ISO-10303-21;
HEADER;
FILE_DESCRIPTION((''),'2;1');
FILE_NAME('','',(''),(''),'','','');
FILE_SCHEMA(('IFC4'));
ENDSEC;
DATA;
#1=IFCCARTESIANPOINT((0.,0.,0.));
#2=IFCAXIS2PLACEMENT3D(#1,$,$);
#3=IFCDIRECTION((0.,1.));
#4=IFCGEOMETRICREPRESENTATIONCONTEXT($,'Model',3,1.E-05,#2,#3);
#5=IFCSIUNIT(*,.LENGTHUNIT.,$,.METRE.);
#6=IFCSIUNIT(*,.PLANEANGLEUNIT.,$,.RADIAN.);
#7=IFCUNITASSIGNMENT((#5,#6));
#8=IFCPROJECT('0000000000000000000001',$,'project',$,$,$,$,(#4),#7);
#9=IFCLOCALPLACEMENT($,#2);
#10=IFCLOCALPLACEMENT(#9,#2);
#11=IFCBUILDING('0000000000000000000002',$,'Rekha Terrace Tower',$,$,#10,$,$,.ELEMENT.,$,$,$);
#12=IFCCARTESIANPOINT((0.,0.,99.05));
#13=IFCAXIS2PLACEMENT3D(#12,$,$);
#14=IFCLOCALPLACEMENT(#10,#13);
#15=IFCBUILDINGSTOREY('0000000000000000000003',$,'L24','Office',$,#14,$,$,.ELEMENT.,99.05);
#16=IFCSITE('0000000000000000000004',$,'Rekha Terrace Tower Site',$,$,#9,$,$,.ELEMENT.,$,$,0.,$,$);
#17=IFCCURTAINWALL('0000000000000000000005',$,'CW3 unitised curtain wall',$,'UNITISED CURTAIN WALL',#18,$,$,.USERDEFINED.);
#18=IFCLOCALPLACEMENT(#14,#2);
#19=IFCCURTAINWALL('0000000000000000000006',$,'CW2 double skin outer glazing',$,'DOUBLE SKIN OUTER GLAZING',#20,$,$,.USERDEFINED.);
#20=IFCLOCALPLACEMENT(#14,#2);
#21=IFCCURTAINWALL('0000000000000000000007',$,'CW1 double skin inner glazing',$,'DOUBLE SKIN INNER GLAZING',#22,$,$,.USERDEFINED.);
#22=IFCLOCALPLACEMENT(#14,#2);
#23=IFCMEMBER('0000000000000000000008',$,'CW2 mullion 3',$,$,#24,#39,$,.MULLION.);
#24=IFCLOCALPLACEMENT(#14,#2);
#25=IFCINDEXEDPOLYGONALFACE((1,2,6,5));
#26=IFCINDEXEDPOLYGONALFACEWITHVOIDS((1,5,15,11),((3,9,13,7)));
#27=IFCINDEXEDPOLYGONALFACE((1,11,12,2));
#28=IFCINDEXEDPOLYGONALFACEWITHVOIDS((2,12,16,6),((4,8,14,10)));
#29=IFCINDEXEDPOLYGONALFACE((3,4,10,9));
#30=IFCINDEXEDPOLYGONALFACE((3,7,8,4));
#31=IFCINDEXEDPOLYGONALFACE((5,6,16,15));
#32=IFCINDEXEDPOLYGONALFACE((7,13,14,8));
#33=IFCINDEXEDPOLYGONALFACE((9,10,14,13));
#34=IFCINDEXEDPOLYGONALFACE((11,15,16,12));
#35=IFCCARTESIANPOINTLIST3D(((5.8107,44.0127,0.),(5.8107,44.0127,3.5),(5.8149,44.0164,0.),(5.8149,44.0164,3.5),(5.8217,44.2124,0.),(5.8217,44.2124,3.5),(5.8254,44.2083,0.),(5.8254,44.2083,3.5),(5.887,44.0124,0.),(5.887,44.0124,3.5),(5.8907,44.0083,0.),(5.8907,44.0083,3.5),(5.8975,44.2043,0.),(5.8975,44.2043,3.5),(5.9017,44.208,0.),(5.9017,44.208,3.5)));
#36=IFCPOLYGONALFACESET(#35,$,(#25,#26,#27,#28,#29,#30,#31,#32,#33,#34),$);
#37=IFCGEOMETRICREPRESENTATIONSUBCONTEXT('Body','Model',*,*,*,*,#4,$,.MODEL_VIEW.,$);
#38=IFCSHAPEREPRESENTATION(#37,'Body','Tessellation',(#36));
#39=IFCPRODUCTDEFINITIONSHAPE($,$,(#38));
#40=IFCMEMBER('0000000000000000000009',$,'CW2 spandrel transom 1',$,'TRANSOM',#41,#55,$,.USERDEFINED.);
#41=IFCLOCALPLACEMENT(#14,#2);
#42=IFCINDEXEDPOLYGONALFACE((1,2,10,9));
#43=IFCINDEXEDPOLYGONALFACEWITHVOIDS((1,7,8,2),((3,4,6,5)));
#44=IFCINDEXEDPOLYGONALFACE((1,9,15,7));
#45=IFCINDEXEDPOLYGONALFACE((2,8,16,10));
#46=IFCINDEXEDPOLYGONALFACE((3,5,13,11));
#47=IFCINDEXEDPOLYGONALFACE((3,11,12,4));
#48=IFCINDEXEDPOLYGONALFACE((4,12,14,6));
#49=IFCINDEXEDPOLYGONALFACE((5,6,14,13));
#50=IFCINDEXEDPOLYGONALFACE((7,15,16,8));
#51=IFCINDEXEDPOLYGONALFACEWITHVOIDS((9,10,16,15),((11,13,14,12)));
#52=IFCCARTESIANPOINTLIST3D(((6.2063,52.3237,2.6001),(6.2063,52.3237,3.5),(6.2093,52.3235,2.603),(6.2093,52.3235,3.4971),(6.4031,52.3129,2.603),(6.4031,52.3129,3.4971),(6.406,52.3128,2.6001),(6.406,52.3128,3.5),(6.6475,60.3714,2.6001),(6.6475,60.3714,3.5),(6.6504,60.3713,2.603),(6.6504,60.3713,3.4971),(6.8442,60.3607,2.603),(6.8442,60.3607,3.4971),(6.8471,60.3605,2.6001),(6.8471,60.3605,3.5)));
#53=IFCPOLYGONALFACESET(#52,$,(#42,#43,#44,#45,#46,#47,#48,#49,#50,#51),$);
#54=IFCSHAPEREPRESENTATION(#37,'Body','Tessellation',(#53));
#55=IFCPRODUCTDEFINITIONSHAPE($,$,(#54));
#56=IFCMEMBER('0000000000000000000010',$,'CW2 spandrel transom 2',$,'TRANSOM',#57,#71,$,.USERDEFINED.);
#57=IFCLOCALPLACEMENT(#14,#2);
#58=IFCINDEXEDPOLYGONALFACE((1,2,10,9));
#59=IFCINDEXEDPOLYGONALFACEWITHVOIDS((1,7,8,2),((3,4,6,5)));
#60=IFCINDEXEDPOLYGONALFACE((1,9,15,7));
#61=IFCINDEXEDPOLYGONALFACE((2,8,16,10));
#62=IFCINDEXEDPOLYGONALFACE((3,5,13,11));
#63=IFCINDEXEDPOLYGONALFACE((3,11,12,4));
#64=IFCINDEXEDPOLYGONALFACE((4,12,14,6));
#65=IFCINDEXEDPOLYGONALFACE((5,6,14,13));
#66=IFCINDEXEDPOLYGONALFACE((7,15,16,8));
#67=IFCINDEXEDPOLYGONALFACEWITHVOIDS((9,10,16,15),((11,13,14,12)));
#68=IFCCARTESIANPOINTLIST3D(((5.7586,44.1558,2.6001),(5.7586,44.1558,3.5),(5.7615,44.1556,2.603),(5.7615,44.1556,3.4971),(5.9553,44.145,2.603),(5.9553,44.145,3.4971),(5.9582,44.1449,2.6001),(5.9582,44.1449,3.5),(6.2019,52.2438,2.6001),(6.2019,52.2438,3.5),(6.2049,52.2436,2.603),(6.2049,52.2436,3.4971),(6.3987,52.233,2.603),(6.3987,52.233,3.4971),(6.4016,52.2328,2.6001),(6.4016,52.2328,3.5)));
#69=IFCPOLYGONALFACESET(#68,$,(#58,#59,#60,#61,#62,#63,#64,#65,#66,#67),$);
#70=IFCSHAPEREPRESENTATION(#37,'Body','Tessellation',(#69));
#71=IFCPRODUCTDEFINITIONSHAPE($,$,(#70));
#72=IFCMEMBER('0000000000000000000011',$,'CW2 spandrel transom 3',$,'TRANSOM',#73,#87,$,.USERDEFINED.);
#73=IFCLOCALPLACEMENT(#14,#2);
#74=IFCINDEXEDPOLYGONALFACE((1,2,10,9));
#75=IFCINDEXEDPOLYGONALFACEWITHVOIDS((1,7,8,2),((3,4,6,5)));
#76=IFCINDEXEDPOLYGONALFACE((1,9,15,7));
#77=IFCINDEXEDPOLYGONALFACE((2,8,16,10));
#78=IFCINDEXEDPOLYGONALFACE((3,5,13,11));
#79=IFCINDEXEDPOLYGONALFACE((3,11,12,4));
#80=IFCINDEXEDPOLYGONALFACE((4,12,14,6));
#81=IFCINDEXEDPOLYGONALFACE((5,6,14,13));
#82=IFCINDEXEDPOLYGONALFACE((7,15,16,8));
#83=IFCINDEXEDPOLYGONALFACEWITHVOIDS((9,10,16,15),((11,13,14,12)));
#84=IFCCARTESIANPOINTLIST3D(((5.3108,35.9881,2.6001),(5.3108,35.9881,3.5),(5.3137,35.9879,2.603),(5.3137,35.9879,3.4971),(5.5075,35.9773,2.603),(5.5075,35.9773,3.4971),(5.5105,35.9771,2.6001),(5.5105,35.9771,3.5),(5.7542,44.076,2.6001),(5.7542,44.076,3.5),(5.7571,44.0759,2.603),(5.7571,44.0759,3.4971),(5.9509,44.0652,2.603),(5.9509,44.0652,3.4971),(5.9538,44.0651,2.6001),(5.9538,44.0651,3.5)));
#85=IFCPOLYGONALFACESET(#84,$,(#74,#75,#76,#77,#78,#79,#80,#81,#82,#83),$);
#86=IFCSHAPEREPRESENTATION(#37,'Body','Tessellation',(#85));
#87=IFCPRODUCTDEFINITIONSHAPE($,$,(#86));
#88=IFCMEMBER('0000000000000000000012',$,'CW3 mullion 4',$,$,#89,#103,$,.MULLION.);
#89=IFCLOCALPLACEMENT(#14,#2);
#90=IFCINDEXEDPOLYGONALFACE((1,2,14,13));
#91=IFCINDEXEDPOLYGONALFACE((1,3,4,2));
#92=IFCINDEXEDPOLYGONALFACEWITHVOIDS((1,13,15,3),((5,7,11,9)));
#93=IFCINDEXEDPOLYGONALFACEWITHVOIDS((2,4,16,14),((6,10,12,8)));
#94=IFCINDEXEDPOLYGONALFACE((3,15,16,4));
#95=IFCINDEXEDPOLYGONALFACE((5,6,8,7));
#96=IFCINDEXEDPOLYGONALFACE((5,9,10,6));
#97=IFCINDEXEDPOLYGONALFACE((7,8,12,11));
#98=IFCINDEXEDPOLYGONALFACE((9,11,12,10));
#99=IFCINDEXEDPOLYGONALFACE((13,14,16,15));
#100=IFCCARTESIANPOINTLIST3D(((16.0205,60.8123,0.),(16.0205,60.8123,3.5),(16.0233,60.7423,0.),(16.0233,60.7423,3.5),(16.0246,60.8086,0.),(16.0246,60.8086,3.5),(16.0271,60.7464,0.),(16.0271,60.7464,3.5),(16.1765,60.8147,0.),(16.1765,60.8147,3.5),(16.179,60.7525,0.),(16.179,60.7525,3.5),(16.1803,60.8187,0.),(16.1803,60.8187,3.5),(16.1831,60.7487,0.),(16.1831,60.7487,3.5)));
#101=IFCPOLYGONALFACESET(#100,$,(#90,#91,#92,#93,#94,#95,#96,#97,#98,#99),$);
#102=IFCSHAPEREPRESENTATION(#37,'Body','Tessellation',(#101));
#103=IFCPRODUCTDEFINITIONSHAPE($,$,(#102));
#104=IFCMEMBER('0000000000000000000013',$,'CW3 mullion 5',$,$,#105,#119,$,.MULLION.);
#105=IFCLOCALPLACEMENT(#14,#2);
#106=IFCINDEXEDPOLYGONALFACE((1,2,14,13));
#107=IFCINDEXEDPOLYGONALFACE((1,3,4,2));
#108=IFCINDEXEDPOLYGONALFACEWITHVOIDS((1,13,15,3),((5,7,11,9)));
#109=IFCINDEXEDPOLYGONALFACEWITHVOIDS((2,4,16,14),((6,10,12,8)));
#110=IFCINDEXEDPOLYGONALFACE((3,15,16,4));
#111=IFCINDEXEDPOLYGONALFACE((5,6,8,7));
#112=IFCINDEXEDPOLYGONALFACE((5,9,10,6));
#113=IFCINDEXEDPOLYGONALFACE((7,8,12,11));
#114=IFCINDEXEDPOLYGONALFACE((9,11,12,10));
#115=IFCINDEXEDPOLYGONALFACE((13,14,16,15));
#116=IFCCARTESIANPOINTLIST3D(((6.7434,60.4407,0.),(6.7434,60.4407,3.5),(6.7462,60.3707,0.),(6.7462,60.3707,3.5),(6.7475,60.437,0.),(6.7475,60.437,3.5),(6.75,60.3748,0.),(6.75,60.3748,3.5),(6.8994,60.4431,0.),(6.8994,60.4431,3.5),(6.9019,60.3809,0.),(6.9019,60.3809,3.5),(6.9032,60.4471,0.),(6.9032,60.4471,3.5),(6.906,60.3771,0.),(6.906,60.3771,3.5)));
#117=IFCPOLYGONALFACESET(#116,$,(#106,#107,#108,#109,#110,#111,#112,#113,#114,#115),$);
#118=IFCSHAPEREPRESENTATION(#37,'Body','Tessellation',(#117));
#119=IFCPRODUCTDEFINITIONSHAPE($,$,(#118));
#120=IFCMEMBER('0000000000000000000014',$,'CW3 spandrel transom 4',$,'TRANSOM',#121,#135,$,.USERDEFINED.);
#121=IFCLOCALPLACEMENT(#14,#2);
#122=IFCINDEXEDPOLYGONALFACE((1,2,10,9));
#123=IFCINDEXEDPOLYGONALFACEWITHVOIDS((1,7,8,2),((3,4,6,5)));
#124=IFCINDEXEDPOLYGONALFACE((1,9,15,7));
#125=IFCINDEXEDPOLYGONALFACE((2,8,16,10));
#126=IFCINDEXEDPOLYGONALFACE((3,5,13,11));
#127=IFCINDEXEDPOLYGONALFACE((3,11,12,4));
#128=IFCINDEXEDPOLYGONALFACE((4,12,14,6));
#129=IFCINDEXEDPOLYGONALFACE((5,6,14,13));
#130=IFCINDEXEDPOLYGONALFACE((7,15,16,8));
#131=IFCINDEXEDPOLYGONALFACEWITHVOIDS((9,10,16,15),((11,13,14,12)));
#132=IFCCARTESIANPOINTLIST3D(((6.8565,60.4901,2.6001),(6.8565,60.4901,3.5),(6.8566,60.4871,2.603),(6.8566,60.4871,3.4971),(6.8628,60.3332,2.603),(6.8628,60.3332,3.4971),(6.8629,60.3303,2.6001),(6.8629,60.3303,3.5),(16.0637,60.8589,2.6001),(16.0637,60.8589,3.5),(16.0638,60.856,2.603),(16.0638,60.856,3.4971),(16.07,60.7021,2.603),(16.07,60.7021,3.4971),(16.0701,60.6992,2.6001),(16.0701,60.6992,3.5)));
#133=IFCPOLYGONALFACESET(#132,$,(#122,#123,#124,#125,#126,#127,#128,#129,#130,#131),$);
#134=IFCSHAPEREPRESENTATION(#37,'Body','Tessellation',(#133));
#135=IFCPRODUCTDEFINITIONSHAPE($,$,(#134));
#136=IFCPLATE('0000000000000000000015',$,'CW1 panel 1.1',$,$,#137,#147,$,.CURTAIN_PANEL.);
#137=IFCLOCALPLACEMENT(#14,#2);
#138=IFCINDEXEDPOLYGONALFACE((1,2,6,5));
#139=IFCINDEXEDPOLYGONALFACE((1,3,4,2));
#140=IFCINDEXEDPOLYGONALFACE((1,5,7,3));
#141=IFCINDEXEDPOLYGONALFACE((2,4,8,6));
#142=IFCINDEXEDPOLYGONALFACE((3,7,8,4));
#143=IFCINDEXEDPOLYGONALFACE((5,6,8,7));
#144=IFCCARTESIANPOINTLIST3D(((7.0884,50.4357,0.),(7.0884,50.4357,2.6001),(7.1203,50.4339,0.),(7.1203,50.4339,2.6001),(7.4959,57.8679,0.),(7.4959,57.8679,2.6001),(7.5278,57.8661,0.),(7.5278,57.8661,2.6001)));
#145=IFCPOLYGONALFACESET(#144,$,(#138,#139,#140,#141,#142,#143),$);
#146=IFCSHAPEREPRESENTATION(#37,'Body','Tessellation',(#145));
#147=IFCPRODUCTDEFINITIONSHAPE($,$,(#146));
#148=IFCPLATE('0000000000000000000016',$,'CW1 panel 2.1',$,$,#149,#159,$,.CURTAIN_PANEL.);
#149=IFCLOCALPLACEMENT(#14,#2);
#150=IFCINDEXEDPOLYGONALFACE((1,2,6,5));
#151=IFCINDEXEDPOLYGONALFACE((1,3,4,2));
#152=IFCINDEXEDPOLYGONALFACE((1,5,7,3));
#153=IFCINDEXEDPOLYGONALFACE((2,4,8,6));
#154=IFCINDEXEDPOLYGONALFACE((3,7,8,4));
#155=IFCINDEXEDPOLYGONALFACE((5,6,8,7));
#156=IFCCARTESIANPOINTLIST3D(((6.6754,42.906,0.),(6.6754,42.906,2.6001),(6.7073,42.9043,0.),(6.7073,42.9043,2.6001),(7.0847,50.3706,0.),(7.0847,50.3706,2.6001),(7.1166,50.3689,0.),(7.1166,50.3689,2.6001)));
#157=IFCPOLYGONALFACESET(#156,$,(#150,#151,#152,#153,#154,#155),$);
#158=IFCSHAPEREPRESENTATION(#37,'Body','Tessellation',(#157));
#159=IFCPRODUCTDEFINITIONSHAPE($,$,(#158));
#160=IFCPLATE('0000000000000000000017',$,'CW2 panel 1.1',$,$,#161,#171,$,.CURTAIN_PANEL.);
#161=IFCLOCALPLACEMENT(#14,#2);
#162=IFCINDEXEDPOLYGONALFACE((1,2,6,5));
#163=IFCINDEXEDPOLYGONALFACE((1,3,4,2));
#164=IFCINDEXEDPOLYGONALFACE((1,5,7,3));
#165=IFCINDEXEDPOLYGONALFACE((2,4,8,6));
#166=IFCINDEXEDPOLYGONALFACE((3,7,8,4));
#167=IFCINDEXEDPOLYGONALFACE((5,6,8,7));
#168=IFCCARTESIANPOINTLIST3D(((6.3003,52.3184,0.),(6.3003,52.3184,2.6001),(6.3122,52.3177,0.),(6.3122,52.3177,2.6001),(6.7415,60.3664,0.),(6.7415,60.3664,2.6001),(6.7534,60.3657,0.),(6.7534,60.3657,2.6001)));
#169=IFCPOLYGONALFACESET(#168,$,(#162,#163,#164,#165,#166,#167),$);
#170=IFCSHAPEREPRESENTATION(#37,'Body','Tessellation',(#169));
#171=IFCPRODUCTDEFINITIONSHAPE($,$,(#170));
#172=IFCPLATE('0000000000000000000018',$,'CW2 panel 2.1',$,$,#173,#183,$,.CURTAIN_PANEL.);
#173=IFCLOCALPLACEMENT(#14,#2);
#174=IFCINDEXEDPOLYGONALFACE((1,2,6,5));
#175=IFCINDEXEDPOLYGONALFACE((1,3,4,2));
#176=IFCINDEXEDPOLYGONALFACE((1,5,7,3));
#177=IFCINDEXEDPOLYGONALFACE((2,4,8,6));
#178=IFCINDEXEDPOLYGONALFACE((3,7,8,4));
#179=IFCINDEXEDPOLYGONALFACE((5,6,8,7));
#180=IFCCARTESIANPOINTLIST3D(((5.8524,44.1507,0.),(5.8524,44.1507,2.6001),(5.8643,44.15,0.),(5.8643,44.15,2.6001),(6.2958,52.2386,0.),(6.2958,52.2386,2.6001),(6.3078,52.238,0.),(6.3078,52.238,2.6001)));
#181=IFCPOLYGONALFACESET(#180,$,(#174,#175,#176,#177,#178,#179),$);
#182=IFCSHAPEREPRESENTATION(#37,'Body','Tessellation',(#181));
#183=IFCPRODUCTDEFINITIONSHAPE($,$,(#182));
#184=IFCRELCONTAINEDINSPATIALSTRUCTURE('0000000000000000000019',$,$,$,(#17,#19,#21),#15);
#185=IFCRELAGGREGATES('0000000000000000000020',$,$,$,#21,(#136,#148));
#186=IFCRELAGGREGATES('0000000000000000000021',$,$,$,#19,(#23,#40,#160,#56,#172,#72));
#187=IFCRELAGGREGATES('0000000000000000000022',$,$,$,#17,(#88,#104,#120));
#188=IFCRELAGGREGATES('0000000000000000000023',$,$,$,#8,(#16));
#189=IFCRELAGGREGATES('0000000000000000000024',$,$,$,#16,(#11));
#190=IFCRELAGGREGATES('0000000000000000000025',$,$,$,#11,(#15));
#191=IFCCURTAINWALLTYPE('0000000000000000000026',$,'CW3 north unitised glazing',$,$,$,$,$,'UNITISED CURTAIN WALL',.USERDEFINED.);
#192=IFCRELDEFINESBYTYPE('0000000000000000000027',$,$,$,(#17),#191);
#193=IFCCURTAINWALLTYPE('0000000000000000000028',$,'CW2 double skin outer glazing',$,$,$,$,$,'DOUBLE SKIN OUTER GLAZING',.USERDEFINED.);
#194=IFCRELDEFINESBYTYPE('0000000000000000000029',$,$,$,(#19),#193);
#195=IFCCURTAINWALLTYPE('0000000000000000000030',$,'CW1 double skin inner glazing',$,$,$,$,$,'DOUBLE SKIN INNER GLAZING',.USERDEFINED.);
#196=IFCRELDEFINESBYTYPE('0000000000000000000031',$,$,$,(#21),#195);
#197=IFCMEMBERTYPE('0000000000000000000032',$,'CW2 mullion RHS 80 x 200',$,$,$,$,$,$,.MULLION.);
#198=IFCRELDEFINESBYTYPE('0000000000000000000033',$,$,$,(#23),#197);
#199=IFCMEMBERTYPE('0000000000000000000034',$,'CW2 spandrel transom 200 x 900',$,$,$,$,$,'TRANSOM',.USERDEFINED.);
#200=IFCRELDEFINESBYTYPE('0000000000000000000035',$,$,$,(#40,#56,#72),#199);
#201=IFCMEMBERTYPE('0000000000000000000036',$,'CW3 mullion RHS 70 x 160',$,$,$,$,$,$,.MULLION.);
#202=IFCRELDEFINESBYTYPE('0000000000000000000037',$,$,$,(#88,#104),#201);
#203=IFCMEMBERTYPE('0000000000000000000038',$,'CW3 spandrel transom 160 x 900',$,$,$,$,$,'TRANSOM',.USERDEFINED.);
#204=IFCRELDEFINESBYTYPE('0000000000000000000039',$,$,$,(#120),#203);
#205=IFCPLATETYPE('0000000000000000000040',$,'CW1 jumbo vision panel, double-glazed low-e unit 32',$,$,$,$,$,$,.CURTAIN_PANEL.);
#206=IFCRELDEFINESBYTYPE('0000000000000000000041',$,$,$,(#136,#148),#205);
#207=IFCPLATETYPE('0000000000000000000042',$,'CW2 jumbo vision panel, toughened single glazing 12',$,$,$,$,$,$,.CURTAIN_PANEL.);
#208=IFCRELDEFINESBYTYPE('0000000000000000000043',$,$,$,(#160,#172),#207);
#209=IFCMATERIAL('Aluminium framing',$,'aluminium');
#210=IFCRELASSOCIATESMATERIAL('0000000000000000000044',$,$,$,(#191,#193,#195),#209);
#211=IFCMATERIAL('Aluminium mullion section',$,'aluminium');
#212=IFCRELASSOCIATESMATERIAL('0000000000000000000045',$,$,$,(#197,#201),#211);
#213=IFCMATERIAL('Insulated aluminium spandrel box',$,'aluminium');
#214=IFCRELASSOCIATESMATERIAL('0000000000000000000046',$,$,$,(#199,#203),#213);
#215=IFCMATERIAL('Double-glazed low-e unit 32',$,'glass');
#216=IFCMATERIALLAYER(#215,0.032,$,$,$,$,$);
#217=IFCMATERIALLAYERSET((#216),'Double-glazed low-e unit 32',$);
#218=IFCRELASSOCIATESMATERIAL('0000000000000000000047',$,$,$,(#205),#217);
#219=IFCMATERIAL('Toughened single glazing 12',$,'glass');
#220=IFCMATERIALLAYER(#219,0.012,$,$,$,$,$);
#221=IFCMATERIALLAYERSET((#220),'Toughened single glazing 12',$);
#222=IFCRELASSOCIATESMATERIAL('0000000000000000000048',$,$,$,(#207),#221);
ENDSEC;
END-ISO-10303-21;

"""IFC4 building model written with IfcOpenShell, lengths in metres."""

from ifc_helpers import new_model, si_unit, direction, frame, origin, origin_2d, place, context, subcontext, project, spatial, rectangle, hollow_rectangle, extrude, material, layer, layer_set, material_profile, profile_set, type_object, element, aggregate, save


model = new_model("IFC4")

# Units and contexts
model_context = context("Model", 3, precision=1e-05, world=origin(), true_north=direction((0.0, 1.0)))
body_context = subcontext(model_context, "Body", "Model", "MODEL_VIEW")
ifc_project = project(units=[si_unit("LENGTHUNIT", "METRE"), si_unit("PLANEANGLEUNIT", "RADIAN")], contexts=[model_context])

# Site, building, storey
site_placement = place(None, origin())
site = spatial("IfcSite", under=ifc_project, at=site_placement, Name="Rekha Terrace Tower Site", CompositionType="ELEMENT", RefElevation=0.0)
building_placement = place(site_placement, origin())
building = spatial("IfcBuilding", under=site, at=building_placement, Name="Rekha Terrace Tower", CompositionType="ELEMENT")
storey_placement = place(building_placement, frame((0.0, 0.0, 99.05)))
storey = spatial("IfcBuildingStorey", under=building, at=storey_placement, Name="L24", Description="Office", CompositionType="ELEMENT", Elevation=99.05)

# Curtain wall
ifc_material_1 = material(Name="Aluminium framing", Category="aluminium")
curtain_wall_type_1 = type_object("IfcCurtainWallType", Name="CW3 north unitised glazing", ElementType="UNITISED CURTAIN WALL", PredefinedType="USERDEFINED", material=ifc_material_1)
curtain_wall_1_placement = place(storey_placement, origin())
curtain_wall_1 = element("IfcCurtainWall", 1, at=curtain_wall_1_placement, inside=storey, type_object=curtain_wall_type_1, Name="CW3 unitised curtain wall", ObjectType="UNITISED CURTAIN WALL", PredefinedType="USERDEFINED")

# Curtain walls
curtain_wall_type_2 = type_object("IfcCurtainWallType", Name="CW2 double skin outer glazing", ElementType="DOUBLE SKIN OUTER GLAZING", PredefinedType="USERDEFINED", material=ifc_material_1)
curtain_wall_2_placement = place(storey_placement, origin())
curtain_wall_2 = element("IfcCurtainWall", 2, at=curtain_wall_2_placement, inside=storey, type_object=curtain_wall_type_2, Name="CW2 double skin outer glazing", ObjectType="DOUBLE SKIN OUTER GLAZING", PredefinedType="USERDEFINED")
curtain_wall_type_3 = type_object("IfcCurtainWallType", Name="CW1 double skin inner glazing", ElementType="DOUBLE SKIN INNER GLAZING", PredefinedType="USERDEFINED", material=ifc_material_1)
curtain_wall_3_placement = place(storey_placement, origin())
curtain_wall_3 = element("IfcCurtainWall", 3, at=curtain_wall_3_placement, inside=storey, type_object=curtain_wall_type_3, Name="CW1 double skin inner glazing", ObjectType="DOUBLE SKIN INNER GLAZING", PredefinedType="USERDEFINED")
ifc_material_2 = material(Name="Aluminium mullion section", Category="aluminium")
ifc_material_3 = material(Name="Insulated aluminium spandrel box", Category="aluminium")

# Members
ifc_material_profile_1 = material_profile(ifc_material_2, hollow_rectangle(XDim=0.0801, YDim=0.2, WallThickness=0.0039, at=origin_2d()), Name="AL RHS 80x200")
ifc_profile_set_1 = profile_set([ifc_material_profile_1], Name="Aluminium mullion section")
member_type_1 = type_object("IfcMemberType", Name="CW2 mullion RHS 80 x 200", PredefinedType="MULLION", material=ifc_profile_set_1)
member_1_placement = place(storey_placement, frame((5.8562, 44.1104, 0.0), z_axis=(0.0, 0.0, 1.0), x_axis=(0.998501, -0.054742, 0.0)))
member_1 = element("IfcMember", 4, at=member_1_placement, type_object=member_type_1, Name="CW2 mullion 3", PredefinedType="MULLION", context=body_context, shape_type="SweptSolid", body=[
    extrude(hollow_rectangle(XDim=0.0801, YDim=0.2, WallThickness=0.0039, at=origin_2d()), origin(), (0.0, 0.0, 1.0), 3.5),
])
ifc_material_profile_2 = material_profile(ifc_material_3, hollow_rectangle(XDim=0.2, YDim=0.8999, WallThickness=0.0029, at=origin_2d()), Name="AL SPANDREL BOX 200x900")
ifc_profile_set_2 = profile_set([ifc_material_profile_2], Name="Insulated aluminium spandrel box")
member_type_2 = type_object("IfcMemberType", Name="CW2 spandrel transom 200 x 900", ElementType="TRANSOM", PredefinedType="USERDEFINED", material=ifc_profile_set_2)
member_2_placement = place(storey_placement, frame((6.7473, 60.366, 3.05), z_axis=(-0.054735, -0.998501, 0.0), x_axis=(0.998501, -0.054735, 0.0)))
member_2 = element("IfcMember", 5, at=member_2_placement, type_object=member_type_2, Name="CW2 spandrel transom 1", ObjectType="TRANSOM", PredefinedType="USERDEFINED", context=body_context, shape_type="SweptSolid", body=[
    extrude(hollow_rectangle(XDim=0.2, YDim=0.8999, WallThickness=0.0029, at=origin_2d()), origin(), (0.0, 0.0, 1.0), 8.0598),
])
member_3_placement = place(storey_placement, frame((6.3018, 52.2383, 3.05), z_axis=(-0.054735, -0.998501, 0.0), x_axis=(0.998501, -0.054735, 0.0)))
member_3 = element("IfcMember", 6, at=member_3_placement, type_object=member_type_2, Name="CW2 spandrel transom 2", ObjectType="TRANSOM", PredefinedType="USERDEFINED", context=body_context, shape_type="SweptSolid", body=[
    extrude(hollow_rectangle(XDim=0.2, YDim=0.8999, WallThickness=0.0029, at=origin_2d()), origin(), (0.0, 0.0, 1.0), 8.1001),
])
member_4_placement = place(storey_placement, frame((5.854, 44.0706, 3.05), z_axis=(-0.054735, -0.998501, 0.0), x_axis=(0.998501, -0.054735, 0.0)))
member_4 = element("IfcMember", 7, at=member_4_placement, type_object=member_type_2, Name="CW2 spandrel transom 3", ObjectType="TRANSOM", PredefinedType="USERDEFINED", context=body_context, shape_type="SweptSolid", body=[
    extrude(hollow_rectangle(XDim=0.2, YDim=0.8999, WallThickness=0.0029, at=origin_2d()), origin(), (0.0, 0.0, 1.0), 8.1001),
])
ifc_material_profile_3 = material_profile(ifc_material_2, hollow_rectangle(XDim=0.0701, YDim=0.1599, WallThickness=0.0039, at=origin_2d()), Name="AL RHS 70x160")
ifc_profile_set_3 = profile_set([ifc_material_profile_3], Name="Aluminium mullion section")
member_type_3 = type_object("IfcMemberType", Name="CW3 mullion RHS 70 x 160", PredefinedType="MULLION", material=ifc_profile_set_3)
member_5_placement = place(storey_placement, frame((16.1018, 60.7805, 0.0), z_axis=(0.0, 0.0, 1.0), x_axis=(0.040032, -0.999198, 0.0)))
member_5 = element("IfcMember", 8, at=member_5_placement, type_object=member_type_3, Name="CW3 mullion 4", PredefinedType="MULLION", context=body_context, shape_type="SweptSolid", body=[
    extrude(hollow_rectangle(XDim=0.0701, YDim=0.1599, WallThickness=0.0039, at=origin_2d()), origin(), (0.0, 0.0, 1.0), 3.5),
])
member_6_placement = place(storey_placement, frame((6.8247, 60.4089, 0.0), z_axis=(0.0, 0.0, 1.0), x_axis=(0.040032, -0.999198, 0.0)))
member_6 = element("IfcMember", 9, at=member_6_placement, type_object=member_type_3, Name="CW3 mullion 5", PredefinedType="MULLION", context=body_context, shape_type="SweptSolid", body=[
    extrude(hollow_rectangle(XDim=0.0701, YDim=0.1599, WallThickness=0.0039, at=origin_2d()), origin(), (0.0, 0.0, 1.0), 3.5),
])
ifc_material_profile_4 = material_profile(ifc_material_3, hollow_rectangle(XDim=0.1599, YDim=0.8999, WallThickness=0.0029, at=origin_2d()), Name="AL SPANDREL BOX 160x900")
ifc_profile_set_4 = profile_set([ifc_material_profile_4], Name="Insulated aluminium spandrel box")
member_type_4 = type_object("IfcMemberType", Name="CW3 spandrel transom 160 x 900", ElementType="TRANSOM", PredefinedType="USERDEFINED", material=ifc_profile_set_4)
member_7_placement = place(storey_placement, frame((16.0669, 60.7791, 3.05), z_axis=(-0.999198, -0.040034, 0.0), x_axis=(0.040034, -0.999198, 0.0)))
member_7 = element("IfcMember", 10, at=member_7_placement, type_object=member_type_4, Name="CW3 spandrel transom 4", ObjectType="TRANSOM", PredefinedType="USERDEFINED", context=body_context, shape_type="SweptSolid", body=[
    extrude(hollow_rectangle(XDim=0.1599, YDim=0.8999, WallThickness=0.0029, at=origin_2d()), origin(), (0.0, 0.0, 1.0), 9.2146),
])

# Plates
ifc_material_4 = material(Name="Double-glazed low-e unit 32", Category="glass")
ifc_layer_1 = layer(ifc_material_4, 0.032)
ifc_layer_set_1 = layer_set([ifc_layer_1], Name="Double-glazed low-e unit 32")
plate_type_1 = type_object("IfcPlateType", Name="CW1 jumbo vision panel, double-glazed low-e unit 32", PredefinedType="CURTAIN_PANEL", material=ifc_layer_set_1)
plate_1_placement = place(storey_placement, frame((7.3081, 54.1509, 0.0), z_axis=(0.0, 0.0, 1.0), x_axis=(-0.054742, -0.998501, 0.0)))
plate_1 = element("IfcPlate", 11, at=plate_1_placement, type_object=plate_type_1, Name="CW1 panel 1.1", PredefinedType="CURTAIN_PANEL", context=body_context, shape_type="SweptSolid", body=[
    extrude(rectangle(XDim=7.4434, YDim=0.032, at=origin_2d()), origin(), (0.0, 0.0, 1.0), 2.6001),
])
plate_2_placement = place(storey_placement, frame((6.896, 46.6375, 0.0), z_axis=(0.0, 0.0, 1.0), x_axis=(-0.054742, -0.998501, 0.0)))
plate_2 = element("IfcPlate", 12, at=plate_2_placement, type_object=plate_type_1, Name="CW1 panel 2.1", PredefinedType="CURTAIN_PANEL", context=body_context, shape_type="SweptSolid", body=[
    extrude(rectangle(XDim=7.4758, YDim=0.032, at=origin_2d()), origin(), (0.0, 0.0, 1.0), 2.6001),
])
aggregate(curtain_wall_3, [plate_1, plate_2])
ifc_material_5 = material(Name="Toughened single glazing 12", Category="glass")
ifc_layer_2 = layer(ifc_material_5, 0.012)
ifc_layer_set_2 = layer_set([ifc_layer_2], Name="Toughened single glazing 12")
plate_type_2 = type_object("IfcPlateType", Name="CW2 jumbo vision panel, toughened single glazing 12", PredefinedType="CURTAIN_PANEL", material=ifc_layer_set_2)
plate_3_placement = place(storey_placement, frame((6.5269, 56.342, 0.0), z_axis=(0.0, 0.0, 1.0), x_axis=(-0.054742, -0.998501, 0.0)))
plate_3 = element("IfcPlate", 13, at=plate_3_placement, type_object=plate_type_2, Name="CW2 panel 1.1", PredefinedType="CURTAIN_PANEL", context=body_context, shape_type="SweptSolid", body=[
    extrude(rectangle(XDim=8.0601, YDim=0.012, at=origin_2d()), origin(), (0.0, 0.0, 1.0), 2.6001),
])
plate_4_placement = place(storey_placement, frame((6.0801, 48.1943, 0.0), z_axis=(0.0, 0.0, 1.0), x_axis=(-0.054742, -0.998501, 0.0)))
plate_4 = element("IfcPlate", 14, at=plate_4_placement, type_object=plate_type_2, Name="CW2 panel 2.1", PredefinedType="CURTAIN_PANEL", context=body_context, shape_type="SweptSolid", body=[
    extrude(rectangle(XDim=8.1001, YDim=0.012, at=origin_2d()), origin(), (0.0, 0.0, 1.0), 2.6001),
])
aggregate(curtain_wall_2, [member_1, member_2, plate_3, member_3, plate_4, member_4])
aggregate(curtain_wall_1, [member_5, member_6, member_7])

save(model, "model.ifc")
